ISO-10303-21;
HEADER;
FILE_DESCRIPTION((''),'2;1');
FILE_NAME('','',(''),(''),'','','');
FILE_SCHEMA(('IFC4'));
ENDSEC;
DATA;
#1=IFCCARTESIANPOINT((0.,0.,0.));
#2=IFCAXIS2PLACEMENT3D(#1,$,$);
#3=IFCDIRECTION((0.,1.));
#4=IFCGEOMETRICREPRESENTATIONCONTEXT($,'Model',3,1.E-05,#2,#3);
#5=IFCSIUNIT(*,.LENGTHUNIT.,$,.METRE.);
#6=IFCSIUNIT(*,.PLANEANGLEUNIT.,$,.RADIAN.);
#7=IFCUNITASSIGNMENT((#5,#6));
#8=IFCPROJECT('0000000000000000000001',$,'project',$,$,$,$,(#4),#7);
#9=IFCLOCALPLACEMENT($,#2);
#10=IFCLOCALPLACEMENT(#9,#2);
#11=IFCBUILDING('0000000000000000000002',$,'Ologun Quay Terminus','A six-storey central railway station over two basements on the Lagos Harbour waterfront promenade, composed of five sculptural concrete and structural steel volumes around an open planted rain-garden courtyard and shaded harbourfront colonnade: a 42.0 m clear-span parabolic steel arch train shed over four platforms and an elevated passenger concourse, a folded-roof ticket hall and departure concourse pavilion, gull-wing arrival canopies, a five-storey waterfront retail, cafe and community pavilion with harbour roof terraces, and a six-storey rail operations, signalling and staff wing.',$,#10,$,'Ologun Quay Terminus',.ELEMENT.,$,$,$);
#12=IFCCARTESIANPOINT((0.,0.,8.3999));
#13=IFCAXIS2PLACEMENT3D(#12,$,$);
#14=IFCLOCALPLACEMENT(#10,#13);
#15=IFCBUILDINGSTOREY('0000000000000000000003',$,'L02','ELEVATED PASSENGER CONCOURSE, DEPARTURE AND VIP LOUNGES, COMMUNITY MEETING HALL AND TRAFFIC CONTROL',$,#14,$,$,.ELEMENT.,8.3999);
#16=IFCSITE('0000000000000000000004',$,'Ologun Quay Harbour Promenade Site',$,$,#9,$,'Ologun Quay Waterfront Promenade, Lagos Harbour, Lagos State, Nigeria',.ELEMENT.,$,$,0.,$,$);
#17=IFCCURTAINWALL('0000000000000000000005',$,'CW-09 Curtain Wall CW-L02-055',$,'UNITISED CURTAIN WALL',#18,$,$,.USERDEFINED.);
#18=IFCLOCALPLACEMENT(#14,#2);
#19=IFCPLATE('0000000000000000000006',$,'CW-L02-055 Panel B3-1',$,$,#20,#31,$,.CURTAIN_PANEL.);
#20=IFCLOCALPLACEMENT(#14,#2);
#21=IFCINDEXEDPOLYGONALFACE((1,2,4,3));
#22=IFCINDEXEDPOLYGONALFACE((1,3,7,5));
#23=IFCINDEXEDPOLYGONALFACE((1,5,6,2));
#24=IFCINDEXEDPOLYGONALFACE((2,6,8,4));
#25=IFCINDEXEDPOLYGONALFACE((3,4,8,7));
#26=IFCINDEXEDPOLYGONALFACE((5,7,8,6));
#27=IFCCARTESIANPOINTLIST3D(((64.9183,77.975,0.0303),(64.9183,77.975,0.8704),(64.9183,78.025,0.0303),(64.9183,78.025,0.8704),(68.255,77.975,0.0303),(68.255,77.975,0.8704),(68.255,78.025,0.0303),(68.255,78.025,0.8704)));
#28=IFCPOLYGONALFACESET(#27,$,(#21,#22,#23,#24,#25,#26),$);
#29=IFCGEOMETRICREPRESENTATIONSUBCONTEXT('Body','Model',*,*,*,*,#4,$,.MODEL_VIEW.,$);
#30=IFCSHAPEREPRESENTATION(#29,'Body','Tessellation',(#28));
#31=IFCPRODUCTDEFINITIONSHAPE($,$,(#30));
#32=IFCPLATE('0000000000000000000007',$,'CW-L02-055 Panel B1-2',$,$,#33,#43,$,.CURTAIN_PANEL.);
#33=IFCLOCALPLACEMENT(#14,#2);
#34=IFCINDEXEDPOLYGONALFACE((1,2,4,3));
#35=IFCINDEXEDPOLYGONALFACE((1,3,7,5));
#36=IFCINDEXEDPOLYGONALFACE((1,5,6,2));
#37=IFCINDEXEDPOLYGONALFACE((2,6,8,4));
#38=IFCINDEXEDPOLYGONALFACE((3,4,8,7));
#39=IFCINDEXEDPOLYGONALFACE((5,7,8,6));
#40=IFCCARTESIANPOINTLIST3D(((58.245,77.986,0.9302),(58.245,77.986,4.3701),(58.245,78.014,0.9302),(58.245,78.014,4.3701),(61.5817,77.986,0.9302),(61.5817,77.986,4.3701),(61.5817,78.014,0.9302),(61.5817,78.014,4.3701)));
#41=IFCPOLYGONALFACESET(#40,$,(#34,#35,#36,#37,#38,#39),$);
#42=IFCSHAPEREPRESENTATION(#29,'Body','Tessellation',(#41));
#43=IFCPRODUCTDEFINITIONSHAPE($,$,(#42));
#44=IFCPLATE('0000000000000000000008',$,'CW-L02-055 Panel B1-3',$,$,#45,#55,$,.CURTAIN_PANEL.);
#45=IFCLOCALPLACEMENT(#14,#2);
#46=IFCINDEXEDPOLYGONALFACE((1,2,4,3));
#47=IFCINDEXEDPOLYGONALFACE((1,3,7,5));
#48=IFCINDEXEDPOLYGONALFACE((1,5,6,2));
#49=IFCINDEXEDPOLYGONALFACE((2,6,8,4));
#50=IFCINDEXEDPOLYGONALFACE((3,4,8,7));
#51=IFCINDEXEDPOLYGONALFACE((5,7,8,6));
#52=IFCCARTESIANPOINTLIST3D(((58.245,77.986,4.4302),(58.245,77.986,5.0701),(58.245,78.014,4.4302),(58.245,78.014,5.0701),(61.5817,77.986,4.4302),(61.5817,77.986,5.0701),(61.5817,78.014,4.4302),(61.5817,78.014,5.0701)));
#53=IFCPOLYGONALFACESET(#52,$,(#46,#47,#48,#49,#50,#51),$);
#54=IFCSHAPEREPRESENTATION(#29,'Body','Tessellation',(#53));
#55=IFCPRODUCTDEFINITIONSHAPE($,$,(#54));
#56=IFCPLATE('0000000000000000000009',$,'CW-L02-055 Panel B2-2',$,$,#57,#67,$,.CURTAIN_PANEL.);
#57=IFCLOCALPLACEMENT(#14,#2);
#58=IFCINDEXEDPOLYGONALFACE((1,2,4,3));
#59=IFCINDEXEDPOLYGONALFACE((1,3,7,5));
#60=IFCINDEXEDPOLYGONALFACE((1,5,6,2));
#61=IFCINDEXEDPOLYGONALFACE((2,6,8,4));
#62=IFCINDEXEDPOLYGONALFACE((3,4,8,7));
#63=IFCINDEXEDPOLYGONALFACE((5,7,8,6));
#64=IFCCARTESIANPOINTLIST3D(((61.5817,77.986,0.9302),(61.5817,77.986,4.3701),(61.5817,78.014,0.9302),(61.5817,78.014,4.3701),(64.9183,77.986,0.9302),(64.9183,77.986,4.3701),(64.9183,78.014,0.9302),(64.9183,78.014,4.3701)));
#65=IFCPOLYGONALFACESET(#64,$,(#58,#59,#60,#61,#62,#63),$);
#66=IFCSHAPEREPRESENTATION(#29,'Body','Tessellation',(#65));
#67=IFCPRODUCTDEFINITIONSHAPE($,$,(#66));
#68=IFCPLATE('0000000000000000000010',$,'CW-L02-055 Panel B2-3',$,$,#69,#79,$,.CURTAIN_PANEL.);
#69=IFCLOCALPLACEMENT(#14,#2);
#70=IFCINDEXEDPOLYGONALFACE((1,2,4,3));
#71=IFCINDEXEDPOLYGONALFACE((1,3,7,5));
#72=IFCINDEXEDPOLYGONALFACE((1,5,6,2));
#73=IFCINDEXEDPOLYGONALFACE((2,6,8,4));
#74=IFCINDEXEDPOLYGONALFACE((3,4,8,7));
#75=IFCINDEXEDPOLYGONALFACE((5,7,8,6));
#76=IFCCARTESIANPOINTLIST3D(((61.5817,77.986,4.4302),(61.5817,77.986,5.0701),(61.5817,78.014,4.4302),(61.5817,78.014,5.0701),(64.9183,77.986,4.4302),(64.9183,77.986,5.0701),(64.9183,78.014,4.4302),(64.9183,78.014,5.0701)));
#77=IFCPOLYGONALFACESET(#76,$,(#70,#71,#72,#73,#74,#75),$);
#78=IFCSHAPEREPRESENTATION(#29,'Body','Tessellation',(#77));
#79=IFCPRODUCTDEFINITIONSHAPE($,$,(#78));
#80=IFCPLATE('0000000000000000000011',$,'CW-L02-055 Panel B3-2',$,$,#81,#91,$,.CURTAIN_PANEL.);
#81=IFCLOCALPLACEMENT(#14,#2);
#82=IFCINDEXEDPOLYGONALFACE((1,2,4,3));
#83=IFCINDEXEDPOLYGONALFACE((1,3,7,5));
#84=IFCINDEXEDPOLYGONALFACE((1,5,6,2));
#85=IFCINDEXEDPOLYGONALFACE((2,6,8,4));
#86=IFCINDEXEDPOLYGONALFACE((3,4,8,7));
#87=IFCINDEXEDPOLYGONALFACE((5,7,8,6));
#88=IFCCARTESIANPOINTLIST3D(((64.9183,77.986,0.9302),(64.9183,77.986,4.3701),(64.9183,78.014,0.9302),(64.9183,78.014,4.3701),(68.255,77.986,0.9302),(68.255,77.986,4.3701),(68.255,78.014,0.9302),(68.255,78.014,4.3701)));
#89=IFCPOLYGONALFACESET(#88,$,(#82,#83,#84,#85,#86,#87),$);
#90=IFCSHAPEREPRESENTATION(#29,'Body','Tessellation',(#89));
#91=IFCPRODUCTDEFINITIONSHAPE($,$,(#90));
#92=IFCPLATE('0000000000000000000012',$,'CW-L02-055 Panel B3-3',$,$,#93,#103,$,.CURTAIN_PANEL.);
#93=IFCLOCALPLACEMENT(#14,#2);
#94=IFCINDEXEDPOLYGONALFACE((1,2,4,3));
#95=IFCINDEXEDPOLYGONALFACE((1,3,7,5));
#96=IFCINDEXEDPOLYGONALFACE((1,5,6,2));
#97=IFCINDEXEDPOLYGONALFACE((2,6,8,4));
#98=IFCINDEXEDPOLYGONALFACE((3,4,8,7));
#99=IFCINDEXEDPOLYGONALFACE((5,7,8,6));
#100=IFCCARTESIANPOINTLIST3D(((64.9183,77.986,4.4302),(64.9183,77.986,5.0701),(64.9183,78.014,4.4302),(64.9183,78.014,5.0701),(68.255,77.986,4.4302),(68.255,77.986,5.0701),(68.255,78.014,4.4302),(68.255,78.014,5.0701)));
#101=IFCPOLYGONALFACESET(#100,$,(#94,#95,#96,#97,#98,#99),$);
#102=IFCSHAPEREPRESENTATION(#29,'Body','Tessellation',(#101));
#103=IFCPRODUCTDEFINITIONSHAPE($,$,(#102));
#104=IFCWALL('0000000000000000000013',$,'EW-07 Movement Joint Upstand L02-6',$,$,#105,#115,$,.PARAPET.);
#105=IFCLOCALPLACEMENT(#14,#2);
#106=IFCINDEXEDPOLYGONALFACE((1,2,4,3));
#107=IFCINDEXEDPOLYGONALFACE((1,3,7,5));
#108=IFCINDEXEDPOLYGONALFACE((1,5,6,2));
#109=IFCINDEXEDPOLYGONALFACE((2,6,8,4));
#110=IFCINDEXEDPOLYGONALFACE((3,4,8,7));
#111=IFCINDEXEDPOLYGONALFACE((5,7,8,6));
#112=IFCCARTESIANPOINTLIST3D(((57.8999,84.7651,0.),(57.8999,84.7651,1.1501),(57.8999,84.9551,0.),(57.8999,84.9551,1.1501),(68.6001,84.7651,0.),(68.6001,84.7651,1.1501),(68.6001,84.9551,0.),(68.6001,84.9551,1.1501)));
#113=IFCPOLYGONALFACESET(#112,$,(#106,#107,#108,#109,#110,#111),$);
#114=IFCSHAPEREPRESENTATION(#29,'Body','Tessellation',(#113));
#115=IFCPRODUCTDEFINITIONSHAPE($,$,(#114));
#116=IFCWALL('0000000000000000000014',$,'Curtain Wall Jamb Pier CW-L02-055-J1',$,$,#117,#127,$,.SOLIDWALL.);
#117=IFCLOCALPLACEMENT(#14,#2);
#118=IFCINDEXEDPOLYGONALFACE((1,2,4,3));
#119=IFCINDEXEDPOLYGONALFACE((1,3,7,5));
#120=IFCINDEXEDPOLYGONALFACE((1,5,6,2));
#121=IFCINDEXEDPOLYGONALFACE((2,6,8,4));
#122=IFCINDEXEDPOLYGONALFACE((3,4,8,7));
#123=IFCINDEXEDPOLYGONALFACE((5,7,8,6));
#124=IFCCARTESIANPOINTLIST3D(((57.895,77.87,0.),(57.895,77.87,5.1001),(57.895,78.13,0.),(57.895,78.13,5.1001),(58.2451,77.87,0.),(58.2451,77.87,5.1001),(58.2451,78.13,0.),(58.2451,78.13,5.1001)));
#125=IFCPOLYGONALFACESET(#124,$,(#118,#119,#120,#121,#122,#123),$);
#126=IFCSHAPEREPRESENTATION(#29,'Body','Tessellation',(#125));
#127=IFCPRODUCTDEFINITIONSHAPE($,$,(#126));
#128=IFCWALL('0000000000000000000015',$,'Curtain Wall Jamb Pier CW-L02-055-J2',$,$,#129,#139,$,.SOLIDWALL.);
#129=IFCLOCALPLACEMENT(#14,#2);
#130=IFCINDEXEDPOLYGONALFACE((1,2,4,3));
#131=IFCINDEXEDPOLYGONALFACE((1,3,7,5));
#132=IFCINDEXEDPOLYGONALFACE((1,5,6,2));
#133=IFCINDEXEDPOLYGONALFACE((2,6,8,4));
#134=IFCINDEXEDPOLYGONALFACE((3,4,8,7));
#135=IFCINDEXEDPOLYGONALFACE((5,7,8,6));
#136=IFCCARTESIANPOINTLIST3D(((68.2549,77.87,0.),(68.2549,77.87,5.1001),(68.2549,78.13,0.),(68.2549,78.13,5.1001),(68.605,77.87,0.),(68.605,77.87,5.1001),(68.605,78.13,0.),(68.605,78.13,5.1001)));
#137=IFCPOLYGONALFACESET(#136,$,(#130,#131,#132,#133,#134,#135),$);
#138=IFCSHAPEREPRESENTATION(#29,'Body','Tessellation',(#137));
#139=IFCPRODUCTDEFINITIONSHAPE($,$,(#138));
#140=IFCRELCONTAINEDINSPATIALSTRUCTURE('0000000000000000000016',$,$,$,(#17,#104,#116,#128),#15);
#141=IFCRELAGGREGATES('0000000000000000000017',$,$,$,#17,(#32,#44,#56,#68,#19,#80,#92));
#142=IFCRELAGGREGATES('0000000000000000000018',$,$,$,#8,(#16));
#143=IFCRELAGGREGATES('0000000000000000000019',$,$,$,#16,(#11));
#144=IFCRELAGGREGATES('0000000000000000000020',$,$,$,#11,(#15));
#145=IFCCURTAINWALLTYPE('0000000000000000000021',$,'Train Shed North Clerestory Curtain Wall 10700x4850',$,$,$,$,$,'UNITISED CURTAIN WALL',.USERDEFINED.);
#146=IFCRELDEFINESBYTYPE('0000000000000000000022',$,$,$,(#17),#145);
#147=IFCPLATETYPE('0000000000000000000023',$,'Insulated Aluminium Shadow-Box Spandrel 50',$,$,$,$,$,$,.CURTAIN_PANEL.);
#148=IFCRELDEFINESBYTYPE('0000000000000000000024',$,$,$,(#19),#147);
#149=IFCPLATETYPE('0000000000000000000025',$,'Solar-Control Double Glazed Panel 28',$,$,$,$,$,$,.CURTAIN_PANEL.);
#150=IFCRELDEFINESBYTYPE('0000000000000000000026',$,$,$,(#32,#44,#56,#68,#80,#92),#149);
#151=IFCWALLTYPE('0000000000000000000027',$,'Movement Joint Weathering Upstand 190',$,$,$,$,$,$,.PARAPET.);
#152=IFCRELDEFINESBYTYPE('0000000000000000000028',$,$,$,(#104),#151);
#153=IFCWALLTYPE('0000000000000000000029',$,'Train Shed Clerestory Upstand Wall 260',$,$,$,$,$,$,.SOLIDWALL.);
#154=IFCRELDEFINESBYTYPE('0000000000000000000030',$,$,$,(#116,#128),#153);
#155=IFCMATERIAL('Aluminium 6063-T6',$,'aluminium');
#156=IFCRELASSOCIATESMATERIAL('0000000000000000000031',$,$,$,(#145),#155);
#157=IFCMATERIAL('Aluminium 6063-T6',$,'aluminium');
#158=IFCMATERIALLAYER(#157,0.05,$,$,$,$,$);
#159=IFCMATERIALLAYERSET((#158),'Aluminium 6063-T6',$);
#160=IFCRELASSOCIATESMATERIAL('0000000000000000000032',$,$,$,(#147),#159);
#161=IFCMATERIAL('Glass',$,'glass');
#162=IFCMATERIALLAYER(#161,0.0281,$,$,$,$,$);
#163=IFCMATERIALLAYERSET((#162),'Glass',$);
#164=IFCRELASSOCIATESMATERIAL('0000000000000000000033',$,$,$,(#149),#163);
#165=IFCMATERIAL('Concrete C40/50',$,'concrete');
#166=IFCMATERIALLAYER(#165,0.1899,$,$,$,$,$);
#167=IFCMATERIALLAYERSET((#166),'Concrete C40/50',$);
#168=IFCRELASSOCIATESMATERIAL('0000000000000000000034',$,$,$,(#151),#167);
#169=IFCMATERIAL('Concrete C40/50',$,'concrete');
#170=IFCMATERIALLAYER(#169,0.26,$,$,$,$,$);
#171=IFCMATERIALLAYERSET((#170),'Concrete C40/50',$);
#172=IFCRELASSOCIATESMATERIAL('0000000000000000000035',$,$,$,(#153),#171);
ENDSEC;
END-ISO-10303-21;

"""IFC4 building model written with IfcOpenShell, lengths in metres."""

from ifc_helpers import new_model, si_unit, direction, frame, frame_2d, origin, origin_2d, place, context, subcontext, project, spatial, rectangle, extrude, material, layer, layer_set, type_object, element, aggregate, save


model = new_model("IFC4")

# Units and contexts
model_context = context("Model", 3, precision=1e-05, world=origin(), true_north=direction((0.0, 1.0)))
body_context = subcontext(model_context, "Body", "Model", "MODEL_VIEW")
ifc_project = project(units=[si_unit("LENGTHUNIT", "METRE"), si_unit("PLANEANGLEUNIT", "RADIAN")], contexts=[model_context])

# Site, building, storey
site_placement = place(None, origin())
site = spatial("IfcSite", under=ifc_project, at=site_placement, Name="Ologun Quay Harbour Promenade Site", LongName="Ologun Quay Waterfront Promenade, Lagos Harbour, Lagos State, Nigeria", CompositionType="ELEMENT", RefElevation=0.0)
building_placement = place(site_placement, origin())
building = spatial("IfcBuilding", under=site, at=building_placement, Name="Ologun Quay Terminus", Description="A six-storey central railway station over two basements on the Lagos Harbour waterfront promenade, composed of five sculptural concrete and structural steel volumes around an open planted rain-garden courtyard and shaded harbourfront colonnade: a 42.0 m clear-span parabolic steel arch train shed over four platforms and an elevated passenger concourse, a folded-roof ticket hall and departure concourse pavilion, gull-wing arrival canopies, a five-storey waterfront retail, cafe and community pavilion with harbour roof terraces, and a six-storey rail operations, signalling and staff wing.", LongName="Ologun Quay Terminus", CompositionType="ELEMENT")
storey_placement = place(building_placement, frame((0.0, 0.0, 8.3999)))
storey = spatial("IfcBuildingStorey", under=building, at=storey_placement, Name="L02", Description="ELEVATED PASSENGER CONCOURSE, DEPARTURE AND VIP LOUNGES, COMMUNITY MEETING HALL AND TRAFFIC CONTROL", CompositionType="ELEMENT", Elevation=8.3999)

# Curtain wall
ifc_material_1 = material(Name="Aluminium 6063-T6", Category="aluminium")
curtain_wall_type = type_object("IfcCurtainWallType", Name="Train Shed North Clerestory Curtain Wall 10700x4850", ElementType="UNITISED CURTAIN WALL", PredefinedType="USERDEFINED", material=ifc_material_1)
curtain_wall_placement = place(storey_placement, origin())
curtain_wall = element("IfcCurtainWall", 1, at=curtain_wall_placement, inside=storey, type_object=curtain_wall_type, Name="CW-09 Curtain Wall CW-L02-055", ObjectType="UNITISED CURTAIN WALL", PredefinedType="USERDEFINED")

# Plates
ifc_material_2 = material(Name="Aluminium 6063-T6", Category="aluminium")
ifc_layer_1 = layer(ifc_material_2, 0.05)
ifc_layer_set_1 = layer_set([ifc_layer_1], Name="Aluminium 6063-T6")
plate_type_1 = type_object("IfcPlateType", Name="Insulated Aluminium Shadow-Box Spandrel 50", PredefinedType="CURTAIN_PANEL", material=ifc_layer_set_1)
plate_1_placement = place(storey_placement, frame((66.5867, 78.0, 0.0303), z_axis=(0.0, 0.0, 1.0), x_axis=(1.0, 0.0, 0.0)))
plate_1 = element("IfcPlate", 2, at=plate_1_placement, type_object=plate_type_1, Name="CW-L02-055 Panel B3-1", PredefinedType="CURTAIN_PANEL", context=body_context, shape_type="SweptSolid", body=[
    extrude(rectangle(XDim=3.3367, YDim=0.05, at=origin_2d()), origin(), (0.0, 0.0, 1.0), 0.8401),
])
ifc_material_3 = material(Name="Glass", Category="glass")
ifc_layer_2 = layer(ifc_material_3, 0.0281)
ifc_layer_set_2 = layer_set([ifc_layer_2], Name="Glass")
plate_type_2 = type_object("IfcPlateType", Name="Solar-Control Double Glazed Panel 28", PredefinedType="CURTAIN_PANEL", material=ifc_layer_set_2)
plate_2_placement = place(storey_placement, frame((59.9133, 78.0, 0.9302), z_axis=(0.0, 0.0, 1.0), x_axis=(1.0, 0.0, 0.0)))
plate_2 = element("IfcPlate", 3, at=plate_2_placement, type_object=plate_type_2, Name="CW-L02-055 Panel B1-2", PredefinedType="CURTAIN_PANEL", context=body_context, shape_type="SweptSolid", body=[
    extrude(rectangle(XDim=3.3367, YDim=0.0281, at=origin_2d()), origin(), (0.0, 0.0, 1.0), 3.4399),
])
plate_3_placement = place(storey_placement, frame((59.9133, 78.0, 4.4302), z_axis=(0.0, 0.0, 1.0), x_axis=(1.0, 0.0, 0.0)))
plate_3 = element("IfcPlate", 4, at=plate_3_placement, type_object=plate_type_2, Name="CW-L02-055 Panel B1-3", PredefinedType="CURTAIN_PANEL", context=body_context, shape_type="SweptSolid", body=[
    extrude(rectangle(XDim=3.3367, YDim=0.0281, at=origin_2d()), origin(), (0.0, 0.0, 1.0), 0.6399),
])
plate_4_placement = place(storey_placement, frame((63.25, 78.0, 0.9302), z_axis=(0.0, 0.0, 1.0), x_axis=(1.0, 0.0, 0.0)))
plate_4 = element("IfcPlate", 5, at=plate_4_placement, type_object=plate_type_2, Name="CW-L02-055 Panel B2-2", PredefinedType="CURTAIN_PANEL", context=body_context, shape_type="SweptSolid", body=[
    extrude(rectangle(XDim=3.3367, YDim=0.0281, at=origin_2d()), origin(), (0.0, 0.0, 1.0), 3.4399),
])
plate_5_placement = place(storey_placement, frame((63.25, 78.0, 4.4302), z_axis=(0.0, 0.0, 1.0), x_axis=(1.0, 0.0, 0.0)))
plate_5 = element("IfcPlate", 6, at=plate_5_placement, type_object=plate_type_2, Name="CW-L02-055 Panel B2-3", PredefinedType="CURTAIN_PANEL", context=body_context, shape_type="SweptSolid", body=[
    extrude(rectangle(XDim=3.3367, YDim=0.0281, at=origin_2d()), origin(), (0.0, 0.0, 1.0), 0.6399),
])
plate_6_placement = place(storey_placement, frame((66.5867, 78.0, 0.9302), z_axis=(0.0, 0.0, 1.0), x_axis=(1.0, 0.0, 0.0)))
plate_6 = element("IfcPlate", 7, at=plate_6_placement, type_object=plate_type_2, Name="CW-L02-055 Panel B3-2", PredefinedType="CURTAIN_PANEL", context=body_context, shape_type="SweptSolid", body=[
    extrude(rectangle(XDim=3.3367, YDim=0.0281, at=origin_2d()), origin(), (0.0, 0.0, 1.0), 3.4399),
])
plate_7_placement = place(storey_placement, frame((66.5867, 78.0, 4.4302), z_axis=(0.0, 0.0, 1.0), x_axis=(1.0, 0.0, 0.0)))
plate_7 = element("IfcPlate", 8, at=plate_7_placement, type_object=plate_type_2, Name="CW-L02-055 Panel B3-3", PredefinedType="CURTAIN_PANEL", context=body_context, shape_type="SweptSolid", body=[
    extrude(rectangle(XDim=3.3367, YDim=0.0281, at=origin_2d()), origin(), (0.0, 0.0, 1.0), 0.6399),
])
aggregate(curtain_wall, [plate_2, plate_3, plate_4, plate_5, plate_1, plate_6, plate_7])

# Walls
ifc_material_4 = material(Name="Concrete C40/50", Category="concrete")
ifc_layer_3 = layer(ifc_material_4, 0.1899)
ifc_layer_set_3 = layer_set([ifc_layer_3], Name="Concrete C40/50")
wall_type_1 = type_object("IfcWallType", Name="Movement Joint Weathering Upstand 190", PredefinedType="PARAPET", material=ifc_layer_set_3)
wall_placement = place(storey_placement, frame((57.8999, 84.8601, 0.0), z_axis=(0.0, 0.0, 1.0), x_axis=(1.0, 0.0, 0.0)))
element("IfcWall", 9, at=wall_placement, inside=storey, type_object=wall_type_1, Name="EW-07 Movement Joint Upstand L02-6", PredefinedType="PARAPET", context=body_context, shape_type="SweptSolid", body=[
    extrude(rectangle(XDim=10.7002, YDim=0.1899, at=frame_2d((5.3501, 0.0))), origin(), (0.0, 0.0, 1.0), 1.1501),
])
ifc_material_5 = material(Name="Concrete C40/50", Category="concrete")
ifc_layer_4 = layer(ifc_material_5, 0.26)
ifc_layer_set_4 = layer_set([ifc_layer_4], Name="Concrete C40/50")
wall_type_2 = type_object("IfcWallType", Name="Train Shed Clerestory Upstand Wall 260", PredefinedType="SOLIDWALL", material=ifc_layer_set_4)
for number, where, z_axis, x_axis, name in (
    (10, (57.895, 78.0, 0.0), (0.0, 0.0, 1.0), (1.0, 0.0, 0.0), "Curtain Wall Jamb Pier CW-L02-055-J1"),
    (11, (68.2549, 78.0, 0.0), (0.0, 0.0, 1.0), (1.0, 0.0, 0.0), "Curtain Wall Jamb Pier CW-L02-055-J2"),
):
    element("IfcWall", number, at=place(storey_placement, frame(where, z_axis=z_axis, x_axis=x_axis)), inside=storey, type_object=wall_type_2, Name=name, PredefinedType="SOLIDWALL", context=body_context, shape_type="SweptSolid", body=[
        extrude(rectangle(XDim=0.3501, YDim=0.26, at=frame_2d((0.175, 0.0))), origin(), (0.0, 0.0, 1.0), 5.1001),
    ])

save(model, "model.ifc")
